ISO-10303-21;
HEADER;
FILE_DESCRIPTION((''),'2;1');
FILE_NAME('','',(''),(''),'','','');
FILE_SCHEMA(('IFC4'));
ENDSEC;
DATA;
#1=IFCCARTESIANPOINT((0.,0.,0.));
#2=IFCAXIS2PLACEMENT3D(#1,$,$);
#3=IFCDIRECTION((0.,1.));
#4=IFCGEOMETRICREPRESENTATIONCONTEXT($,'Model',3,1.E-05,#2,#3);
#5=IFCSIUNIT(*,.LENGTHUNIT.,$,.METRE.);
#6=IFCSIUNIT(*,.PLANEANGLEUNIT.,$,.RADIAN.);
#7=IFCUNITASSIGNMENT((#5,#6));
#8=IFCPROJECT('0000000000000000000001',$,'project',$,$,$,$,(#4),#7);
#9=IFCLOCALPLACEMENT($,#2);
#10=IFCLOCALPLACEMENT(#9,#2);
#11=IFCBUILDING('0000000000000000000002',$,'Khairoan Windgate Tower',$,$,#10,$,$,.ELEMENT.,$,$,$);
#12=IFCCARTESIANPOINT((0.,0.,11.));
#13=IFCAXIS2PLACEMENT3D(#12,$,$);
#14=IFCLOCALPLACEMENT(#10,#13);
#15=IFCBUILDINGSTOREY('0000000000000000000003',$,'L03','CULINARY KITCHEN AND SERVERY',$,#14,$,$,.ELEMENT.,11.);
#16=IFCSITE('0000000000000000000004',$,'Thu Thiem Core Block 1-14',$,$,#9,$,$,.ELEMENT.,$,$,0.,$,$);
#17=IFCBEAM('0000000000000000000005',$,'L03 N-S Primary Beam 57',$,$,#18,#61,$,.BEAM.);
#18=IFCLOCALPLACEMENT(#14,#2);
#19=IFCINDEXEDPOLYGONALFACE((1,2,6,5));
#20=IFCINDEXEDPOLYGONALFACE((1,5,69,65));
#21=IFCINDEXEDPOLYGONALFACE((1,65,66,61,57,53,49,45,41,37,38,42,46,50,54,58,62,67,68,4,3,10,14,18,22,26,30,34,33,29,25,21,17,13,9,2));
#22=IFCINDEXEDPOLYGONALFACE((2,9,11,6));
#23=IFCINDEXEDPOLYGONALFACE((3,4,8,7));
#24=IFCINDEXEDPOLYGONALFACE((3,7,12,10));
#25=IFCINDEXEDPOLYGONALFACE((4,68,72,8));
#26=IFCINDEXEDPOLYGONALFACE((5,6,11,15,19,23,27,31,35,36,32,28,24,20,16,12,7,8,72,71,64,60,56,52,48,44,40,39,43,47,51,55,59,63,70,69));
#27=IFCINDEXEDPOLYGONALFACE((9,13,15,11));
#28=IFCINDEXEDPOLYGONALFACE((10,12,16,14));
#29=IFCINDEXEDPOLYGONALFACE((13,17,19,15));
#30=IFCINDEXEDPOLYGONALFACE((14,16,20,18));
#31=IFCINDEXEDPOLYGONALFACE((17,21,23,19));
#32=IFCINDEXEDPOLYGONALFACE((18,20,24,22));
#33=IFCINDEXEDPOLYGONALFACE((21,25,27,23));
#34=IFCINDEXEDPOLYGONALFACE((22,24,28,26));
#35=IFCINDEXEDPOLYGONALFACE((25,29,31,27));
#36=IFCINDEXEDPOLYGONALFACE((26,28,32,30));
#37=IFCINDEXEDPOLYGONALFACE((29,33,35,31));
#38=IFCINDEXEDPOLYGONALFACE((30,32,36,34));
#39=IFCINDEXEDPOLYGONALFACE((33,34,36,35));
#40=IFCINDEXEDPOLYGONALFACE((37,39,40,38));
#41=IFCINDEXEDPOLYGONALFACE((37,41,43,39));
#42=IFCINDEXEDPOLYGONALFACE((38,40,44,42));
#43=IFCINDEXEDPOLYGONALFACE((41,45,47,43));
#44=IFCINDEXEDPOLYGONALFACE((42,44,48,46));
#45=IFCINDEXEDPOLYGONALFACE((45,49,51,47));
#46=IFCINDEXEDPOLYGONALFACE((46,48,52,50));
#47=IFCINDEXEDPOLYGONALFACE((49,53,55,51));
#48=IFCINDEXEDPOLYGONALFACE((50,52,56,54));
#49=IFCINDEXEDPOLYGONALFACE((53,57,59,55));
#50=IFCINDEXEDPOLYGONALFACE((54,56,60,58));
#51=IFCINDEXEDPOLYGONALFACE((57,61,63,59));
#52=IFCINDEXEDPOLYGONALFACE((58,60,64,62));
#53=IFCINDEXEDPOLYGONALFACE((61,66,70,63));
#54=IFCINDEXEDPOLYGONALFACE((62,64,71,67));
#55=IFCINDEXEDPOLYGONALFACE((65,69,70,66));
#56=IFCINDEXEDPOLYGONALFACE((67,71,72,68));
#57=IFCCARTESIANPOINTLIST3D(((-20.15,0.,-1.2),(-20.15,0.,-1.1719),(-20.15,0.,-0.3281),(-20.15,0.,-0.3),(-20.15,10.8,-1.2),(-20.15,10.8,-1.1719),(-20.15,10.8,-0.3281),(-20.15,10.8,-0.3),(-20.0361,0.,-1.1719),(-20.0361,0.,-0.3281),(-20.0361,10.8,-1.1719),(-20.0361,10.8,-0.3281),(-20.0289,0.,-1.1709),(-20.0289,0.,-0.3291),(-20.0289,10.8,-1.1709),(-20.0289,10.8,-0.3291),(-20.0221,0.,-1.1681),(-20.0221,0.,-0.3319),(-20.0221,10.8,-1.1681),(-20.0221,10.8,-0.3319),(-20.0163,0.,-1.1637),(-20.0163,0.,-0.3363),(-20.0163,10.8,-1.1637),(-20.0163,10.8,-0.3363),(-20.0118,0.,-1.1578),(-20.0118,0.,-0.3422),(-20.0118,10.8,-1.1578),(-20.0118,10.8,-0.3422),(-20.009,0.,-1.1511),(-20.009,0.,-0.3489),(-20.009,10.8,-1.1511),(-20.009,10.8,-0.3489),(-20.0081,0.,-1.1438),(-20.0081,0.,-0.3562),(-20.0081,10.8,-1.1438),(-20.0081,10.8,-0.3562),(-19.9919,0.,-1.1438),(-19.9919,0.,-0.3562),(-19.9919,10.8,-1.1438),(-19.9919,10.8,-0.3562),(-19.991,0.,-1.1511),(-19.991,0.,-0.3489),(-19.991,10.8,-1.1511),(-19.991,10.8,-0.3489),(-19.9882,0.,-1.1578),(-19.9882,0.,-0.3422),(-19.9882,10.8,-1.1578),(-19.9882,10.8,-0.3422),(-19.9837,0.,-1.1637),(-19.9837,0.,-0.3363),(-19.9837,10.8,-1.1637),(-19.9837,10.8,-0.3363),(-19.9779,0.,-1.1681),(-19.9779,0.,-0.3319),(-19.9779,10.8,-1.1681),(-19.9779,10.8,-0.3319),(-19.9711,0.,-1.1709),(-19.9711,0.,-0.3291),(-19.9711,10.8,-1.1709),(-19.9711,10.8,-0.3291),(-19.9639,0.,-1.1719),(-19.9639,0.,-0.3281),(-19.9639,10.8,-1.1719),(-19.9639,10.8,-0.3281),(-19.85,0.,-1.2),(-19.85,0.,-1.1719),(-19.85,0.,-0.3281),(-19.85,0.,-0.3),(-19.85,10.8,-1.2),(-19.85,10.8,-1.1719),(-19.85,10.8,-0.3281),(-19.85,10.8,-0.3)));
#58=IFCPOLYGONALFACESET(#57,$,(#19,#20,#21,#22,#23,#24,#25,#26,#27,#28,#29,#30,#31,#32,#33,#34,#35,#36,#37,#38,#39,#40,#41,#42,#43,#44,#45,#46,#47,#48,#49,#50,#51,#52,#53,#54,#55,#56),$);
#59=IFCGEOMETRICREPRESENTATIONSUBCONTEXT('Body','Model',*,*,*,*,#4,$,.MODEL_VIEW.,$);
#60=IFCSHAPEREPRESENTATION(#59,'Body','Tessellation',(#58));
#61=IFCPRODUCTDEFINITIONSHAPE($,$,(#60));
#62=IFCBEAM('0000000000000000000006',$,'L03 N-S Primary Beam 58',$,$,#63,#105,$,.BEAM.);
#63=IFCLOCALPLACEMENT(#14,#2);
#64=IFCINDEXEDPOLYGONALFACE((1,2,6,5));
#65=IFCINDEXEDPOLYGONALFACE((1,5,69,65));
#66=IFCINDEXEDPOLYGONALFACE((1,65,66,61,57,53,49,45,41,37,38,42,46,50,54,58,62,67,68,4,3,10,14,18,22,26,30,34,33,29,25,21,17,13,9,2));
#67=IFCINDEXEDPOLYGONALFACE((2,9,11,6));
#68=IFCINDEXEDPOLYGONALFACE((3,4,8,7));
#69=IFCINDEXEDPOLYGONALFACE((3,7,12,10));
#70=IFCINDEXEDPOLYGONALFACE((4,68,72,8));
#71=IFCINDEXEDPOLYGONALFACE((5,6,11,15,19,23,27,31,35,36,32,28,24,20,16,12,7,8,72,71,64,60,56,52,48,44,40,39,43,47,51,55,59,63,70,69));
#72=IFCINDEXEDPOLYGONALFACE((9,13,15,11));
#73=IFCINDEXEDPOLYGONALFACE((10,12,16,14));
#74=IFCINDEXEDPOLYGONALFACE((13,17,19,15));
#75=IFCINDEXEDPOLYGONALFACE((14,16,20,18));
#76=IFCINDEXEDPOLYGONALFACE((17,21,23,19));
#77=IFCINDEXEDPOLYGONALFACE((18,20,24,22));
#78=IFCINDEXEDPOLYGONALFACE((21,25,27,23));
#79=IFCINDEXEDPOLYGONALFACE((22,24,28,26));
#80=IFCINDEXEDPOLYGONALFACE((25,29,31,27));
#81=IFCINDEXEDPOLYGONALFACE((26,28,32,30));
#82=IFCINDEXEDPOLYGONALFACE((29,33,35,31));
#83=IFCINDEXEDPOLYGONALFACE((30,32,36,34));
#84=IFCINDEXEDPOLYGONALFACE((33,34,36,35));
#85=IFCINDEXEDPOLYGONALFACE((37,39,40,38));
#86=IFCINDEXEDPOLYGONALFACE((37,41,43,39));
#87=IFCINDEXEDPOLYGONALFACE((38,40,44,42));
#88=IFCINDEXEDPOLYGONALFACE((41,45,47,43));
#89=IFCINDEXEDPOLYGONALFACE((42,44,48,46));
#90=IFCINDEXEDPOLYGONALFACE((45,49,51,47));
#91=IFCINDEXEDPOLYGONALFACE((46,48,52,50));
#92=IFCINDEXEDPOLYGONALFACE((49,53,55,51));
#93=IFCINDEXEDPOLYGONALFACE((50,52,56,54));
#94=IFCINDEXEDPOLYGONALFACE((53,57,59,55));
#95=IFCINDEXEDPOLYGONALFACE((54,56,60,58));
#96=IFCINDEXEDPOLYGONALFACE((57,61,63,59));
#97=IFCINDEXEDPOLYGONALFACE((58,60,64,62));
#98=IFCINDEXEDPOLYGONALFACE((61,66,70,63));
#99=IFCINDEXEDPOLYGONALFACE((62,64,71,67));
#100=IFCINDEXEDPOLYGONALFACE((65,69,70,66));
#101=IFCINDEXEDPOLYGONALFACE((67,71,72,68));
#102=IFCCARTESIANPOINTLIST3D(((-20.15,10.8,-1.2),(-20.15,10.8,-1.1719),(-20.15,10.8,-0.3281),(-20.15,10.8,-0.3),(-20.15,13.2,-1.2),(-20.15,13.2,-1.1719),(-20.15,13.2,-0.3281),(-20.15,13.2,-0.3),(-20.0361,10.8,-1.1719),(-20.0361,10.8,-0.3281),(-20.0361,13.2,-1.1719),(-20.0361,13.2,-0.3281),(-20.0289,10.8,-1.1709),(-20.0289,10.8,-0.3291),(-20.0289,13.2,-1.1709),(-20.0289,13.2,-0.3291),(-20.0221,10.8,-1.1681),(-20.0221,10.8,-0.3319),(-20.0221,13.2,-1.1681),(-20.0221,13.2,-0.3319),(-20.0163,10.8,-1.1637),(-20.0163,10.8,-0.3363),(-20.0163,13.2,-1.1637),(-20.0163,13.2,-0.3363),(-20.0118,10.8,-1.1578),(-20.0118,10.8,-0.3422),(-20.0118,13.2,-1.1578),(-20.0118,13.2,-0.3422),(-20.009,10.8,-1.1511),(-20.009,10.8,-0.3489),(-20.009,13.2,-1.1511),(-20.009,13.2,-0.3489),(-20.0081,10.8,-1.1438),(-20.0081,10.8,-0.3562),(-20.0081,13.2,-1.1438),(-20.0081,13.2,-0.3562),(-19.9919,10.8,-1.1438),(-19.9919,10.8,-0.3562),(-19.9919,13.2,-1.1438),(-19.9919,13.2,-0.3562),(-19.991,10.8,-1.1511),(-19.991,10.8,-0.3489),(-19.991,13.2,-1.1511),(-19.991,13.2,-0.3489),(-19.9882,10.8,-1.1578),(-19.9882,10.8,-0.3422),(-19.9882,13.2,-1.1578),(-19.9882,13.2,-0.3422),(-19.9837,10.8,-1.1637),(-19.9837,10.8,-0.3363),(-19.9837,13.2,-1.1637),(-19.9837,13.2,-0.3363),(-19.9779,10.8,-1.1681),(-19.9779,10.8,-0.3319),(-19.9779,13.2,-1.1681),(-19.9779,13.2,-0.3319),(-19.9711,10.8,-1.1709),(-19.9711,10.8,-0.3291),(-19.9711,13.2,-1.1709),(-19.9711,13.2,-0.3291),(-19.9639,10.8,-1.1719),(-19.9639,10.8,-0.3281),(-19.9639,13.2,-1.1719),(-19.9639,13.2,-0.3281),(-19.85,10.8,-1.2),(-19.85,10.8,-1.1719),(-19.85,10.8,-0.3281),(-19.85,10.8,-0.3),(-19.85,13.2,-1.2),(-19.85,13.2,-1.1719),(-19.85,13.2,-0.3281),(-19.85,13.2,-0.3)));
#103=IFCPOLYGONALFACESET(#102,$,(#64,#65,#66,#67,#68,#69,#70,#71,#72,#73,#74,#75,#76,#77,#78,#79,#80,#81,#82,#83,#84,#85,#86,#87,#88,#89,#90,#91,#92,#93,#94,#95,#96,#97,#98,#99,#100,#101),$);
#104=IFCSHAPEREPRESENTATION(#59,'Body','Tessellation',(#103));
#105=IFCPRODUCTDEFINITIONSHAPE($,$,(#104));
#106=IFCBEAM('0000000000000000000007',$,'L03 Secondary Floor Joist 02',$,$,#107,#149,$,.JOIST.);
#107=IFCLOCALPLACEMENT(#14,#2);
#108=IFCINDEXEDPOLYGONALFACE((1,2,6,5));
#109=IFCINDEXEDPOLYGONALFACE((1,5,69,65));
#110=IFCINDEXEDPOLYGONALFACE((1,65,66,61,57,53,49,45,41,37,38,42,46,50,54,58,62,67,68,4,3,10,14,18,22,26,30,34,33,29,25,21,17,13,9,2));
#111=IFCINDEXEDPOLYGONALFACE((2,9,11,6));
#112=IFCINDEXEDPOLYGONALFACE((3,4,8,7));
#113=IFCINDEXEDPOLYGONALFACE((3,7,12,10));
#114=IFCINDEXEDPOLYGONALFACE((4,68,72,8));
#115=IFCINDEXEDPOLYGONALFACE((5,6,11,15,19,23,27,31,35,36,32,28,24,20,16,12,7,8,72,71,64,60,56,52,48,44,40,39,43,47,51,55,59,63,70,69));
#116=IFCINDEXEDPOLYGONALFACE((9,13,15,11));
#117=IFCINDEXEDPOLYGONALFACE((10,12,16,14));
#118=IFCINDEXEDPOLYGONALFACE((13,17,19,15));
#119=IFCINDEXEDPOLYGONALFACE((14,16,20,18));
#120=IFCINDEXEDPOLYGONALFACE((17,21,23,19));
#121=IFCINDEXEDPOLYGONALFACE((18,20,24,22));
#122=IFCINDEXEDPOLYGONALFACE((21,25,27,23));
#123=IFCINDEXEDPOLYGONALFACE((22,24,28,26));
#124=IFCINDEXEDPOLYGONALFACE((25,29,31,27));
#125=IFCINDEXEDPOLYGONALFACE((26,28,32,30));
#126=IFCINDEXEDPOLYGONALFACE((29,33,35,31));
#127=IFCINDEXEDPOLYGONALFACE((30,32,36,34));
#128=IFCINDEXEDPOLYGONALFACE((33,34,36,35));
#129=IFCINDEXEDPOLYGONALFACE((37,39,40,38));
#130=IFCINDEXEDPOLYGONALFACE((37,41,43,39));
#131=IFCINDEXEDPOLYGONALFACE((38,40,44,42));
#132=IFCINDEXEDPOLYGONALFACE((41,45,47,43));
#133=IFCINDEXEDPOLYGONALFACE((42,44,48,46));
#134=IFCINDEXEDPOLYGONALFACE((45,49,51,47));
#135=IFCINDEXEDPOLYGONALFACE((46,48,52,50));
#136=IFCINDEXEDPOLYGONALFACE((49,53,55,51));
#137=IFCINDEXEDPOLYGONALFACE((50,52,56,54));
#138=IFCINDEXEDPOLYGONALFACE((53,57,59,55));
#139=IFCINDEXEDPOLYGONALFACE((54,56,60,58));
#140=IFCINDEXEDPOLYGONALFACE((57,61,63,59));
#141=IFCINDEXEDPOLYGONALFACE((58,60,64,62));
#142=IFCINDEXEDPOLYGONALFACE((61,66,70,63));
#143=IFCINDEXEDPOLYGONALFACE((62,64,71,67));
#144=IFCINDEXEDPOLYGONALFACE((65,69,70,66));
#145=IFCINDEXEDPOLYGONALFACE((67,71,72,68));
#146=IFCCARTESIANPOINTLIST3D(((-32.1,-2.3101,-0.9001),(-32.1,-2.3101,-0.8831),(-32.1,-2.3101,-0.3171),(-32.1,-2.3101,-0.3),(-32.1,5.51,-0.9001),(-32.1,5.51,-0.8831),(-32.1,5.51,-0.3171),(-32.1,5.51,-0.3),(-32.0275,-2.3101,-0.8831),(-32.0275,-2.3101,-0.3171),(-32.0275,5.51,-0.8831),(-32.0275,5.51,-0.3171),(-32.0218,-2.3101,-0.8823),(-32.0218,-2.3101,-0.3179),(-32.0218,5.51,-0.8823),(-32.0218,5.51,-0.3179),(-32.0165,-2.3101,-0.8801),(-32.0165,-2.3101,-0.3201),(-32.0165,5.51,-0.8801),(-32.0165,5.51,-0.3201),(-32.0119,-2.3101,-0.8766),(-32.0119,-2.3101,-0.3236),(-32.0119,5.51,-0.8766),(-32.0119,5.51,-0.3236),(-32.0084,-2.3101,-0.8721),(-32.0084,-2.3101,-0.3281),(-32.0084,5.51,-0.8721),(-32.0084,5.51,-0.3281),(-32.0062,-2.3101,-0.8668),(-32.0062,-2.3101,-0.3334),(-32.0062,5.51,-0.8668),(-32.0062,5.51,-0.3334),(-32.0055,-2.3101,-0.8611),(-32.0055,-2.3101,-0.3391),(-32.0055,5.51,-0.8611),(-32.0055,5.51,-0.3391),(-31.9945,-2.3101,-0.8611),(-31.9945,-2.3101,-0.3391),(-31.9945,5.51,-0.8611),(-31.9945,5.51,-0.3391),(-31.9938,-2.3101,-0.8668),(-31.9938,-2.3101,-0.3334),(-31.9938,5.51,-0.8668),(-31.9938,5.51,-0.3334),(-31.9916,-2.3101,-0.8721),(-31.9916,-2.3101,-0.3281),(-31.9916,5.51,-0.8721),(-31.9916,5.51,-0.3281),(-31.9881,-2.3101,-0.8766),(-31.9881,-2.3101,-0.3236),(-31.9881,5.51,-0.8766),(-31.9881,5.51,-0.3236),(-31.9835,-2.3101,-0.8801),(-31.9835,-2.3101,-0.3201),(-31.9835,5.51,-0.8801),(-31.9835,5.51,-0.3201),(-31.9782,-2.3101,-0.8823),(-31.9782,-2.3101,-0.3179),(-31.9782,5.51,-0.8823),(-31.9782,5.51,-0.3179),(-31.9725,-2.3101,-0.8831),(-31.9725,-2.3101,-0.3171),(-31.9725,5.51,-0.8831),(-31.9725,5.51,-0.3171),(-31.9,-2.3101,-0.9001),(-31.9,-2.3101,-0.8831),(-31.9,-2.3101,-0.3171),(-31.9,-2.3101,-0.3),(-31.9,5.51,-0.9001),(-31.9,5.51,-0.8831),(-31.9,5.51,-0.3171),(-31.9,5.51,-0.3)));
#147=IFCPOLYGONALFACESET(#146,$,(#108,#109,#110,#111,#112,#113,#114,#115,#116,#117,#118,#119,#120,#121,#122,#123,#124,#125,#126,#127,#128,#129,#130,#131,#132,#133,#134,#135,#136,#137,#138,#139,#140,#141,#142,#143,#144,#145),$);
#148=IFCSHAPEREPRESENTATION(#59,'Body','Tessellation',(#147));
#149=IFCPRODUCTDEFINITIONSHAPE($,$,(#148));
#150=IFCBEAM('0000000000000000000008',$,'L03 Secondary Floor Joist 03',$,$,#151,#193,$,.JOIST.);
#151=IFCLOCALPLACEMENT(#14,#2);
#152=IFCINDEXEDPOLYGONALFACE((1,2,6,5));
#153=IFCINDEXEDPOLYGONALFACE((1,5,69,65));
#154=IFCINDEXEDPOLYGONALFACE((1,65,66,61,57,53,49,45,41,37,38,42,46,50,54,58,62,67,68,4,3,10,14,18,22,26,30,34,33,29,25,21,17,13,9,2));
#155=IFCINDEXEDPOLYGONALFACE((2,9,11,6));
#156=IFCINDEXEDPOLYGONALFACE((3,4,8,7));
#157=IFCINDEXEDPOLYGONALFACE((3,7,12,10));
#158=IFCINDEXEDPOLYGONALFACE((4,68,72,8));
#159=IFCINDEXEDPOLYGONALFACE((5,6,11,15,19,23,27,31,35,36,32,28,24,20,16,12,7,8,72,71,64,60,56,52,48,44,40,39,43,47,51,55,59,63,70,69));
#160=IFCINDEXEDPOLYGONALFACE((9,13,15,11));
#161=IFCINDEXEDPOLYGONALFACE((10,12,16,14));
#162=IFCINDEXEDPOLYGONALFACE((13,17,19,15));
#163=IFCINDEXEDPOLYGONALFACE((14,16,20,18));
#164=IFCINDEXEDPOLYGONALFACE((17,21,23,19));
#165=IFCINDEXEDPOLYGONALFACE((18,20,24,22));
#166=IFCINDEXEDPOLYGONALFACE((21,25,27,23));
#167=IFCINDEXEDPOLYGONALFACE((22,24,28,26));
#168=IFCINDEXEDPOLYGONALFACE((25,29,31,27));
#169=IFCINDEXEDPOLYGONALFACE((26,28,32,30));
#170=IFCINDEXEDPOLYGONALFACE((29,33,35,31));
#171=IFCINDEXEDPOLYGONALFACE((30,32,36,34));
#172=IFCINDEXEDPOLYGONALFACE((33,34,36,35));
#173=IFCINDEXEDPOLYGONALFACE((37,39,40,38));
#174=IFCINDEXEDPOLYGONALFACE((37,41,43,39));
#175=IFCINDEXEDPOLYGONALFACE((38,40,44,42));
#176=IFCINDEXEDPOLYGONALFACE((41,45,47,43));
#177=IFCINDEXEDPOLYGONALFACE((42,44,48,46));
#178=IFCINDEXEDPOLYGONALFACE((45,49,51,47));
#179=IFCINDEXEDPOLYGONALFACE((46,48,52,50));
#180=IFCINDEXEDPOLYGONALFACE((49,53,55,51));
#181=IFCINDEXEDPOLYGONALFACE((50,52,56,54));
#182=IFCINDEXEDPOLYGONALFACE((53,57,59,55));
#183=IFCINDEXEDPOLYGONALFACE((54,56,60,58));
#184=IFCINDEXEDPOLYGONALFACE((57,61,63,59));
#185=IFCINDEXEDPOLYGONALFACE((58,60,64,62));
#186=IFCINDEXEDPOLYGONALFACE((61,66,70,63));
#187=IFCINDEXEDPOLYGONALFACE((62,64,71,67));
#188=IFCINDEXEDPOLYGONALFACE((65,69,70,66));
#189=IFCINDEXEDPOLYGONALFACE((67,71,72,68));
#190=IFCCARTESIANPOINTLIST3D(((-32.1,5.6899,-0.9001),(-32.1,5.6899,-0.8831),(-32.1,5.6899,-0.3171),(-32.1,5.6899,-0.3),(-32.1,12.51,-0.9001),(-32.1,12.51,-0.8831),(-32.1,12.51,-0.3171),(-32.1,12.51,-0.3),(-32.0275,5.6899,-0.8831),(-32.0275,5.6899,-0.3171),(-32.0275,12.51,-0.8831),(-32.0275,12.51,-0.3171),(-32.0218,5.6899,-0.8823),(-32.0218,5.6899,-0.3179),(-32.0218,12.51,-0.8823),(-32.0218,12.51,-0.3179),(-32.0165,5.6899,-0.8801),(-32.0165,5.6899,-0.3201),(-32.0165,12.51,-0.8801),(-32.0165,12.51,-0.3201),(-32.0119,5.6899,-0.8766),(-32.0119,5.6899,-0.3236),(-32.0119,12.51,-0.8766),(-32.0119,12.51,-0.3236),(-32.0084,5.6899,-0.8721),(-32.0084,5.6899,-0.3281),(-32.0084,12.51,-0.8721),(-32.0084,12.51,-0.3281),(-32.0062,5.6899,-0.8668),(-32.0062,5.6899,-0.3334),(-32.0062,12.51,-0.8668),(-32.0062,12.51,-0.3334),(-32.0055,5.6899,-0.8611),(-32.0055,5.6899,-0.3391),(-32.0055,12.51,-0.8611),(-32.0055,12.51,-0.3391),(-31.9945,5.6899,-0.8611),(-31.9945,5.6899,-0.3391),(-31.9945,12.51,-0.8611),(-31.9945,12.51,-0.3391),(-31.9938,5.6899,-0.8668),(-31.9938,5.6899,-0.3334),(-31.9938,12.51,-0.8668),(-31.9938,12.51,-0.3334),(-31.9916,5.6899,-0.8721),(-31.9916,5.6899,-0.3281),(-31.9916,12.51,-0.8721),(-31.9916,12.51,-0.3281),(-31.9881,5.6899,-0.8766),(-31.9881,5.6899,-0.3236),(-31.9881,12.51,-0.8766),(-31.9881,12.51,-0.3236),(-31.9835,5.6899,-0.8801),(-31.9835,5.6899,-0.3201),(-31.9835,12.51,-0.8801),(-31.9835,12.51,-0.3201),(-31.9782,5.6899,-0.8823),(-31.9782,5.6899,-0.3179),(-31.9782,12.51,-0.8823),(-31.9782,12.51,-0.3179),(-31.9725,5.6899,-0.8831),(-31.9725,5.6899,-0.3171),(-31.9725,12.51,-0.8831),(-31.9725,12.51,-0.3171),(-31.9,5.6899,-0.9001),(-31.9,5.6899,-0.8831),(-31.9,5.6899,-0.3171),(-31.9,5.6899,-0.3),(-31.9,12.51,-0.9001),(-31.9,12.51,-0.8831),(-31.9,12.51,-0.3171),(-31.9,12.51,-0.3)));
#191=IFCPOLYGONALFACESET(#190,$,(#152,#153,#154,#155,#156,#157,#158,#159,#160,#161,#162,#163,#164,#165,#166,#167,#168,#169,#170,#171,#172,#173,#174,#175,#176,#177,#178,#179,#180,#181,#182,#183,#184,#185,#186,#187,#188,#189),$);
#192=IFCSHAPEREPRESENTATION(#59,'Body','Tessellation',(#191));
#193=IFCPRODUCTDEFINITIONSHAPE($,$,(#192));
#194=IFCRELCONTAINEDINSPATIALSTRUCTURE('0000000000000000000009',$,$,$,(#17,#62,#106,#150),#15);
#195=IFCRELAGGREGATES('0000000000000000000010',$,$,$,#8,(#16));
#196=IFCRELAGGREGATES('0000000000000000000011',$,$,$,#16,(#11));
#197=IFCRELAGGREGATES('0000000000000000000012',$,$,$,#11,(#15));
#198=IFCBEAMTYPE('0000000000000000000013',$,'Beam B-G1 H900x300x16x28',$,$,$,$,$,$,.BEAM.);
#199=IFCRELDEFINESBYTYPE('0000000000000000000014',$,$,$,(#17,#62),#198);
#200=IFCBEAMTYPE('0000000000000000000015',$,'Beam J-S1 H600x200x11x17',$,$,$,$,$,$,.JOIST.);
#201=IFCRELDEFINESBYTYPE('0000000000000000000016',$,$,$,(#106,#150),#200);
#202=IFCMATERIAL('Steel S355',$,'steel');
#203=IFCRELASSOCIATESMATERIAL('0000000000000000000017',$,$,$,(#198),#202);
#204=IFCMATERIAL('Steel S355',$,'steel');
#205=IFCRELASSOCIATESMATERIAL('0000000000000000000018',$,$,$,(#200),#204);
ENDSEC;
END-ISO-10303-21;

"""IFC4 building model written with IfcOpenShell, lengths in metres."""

from ifc_helpers import new_model, si_unit, direction, frame, origin, origin_2d, place, context, subcontext, project, spatial, i_section, extrude, material, material_profile, profile_set, type_object, element, save


model = new_model("IFC4")

# Units and contexts
model_context = context("Model", 3, precision=1e-05, world=origin(), true_north=direction((0.0, 1.0)))
body_context = subcontext(model_context, "Body", "Model", "MODEL_VIEW")
ifc_project = project(units=[si_unit("LENGTHUNIT", "METRE"), si_unit("PLANEANGLEUNIT", "RADIAN")], contexts=[model_context])

# Site, building, storey
site_placement = place(None, origin())
site = spatial("IfcSite", under=ifc_project, at=site_placement, Name="Thu Thiem Core Block 1-14", CompositionType="ELEMENT", RefElevation=0.0)
building_placement = place(site_placement, origin())
building = spatial("IfcBuilding", under=site, at=building_placement, Name="Khairoan Windgate Tower", CompositionType="ELEMENT")
storey_placement = place(building_placement, frame((0.0, 0.0, 11.0)))
storey = spatial("IfcBuildingStorey", under=building, at=storey_placement, Name="L03", Description="CULINARY KITCHEN AND SERVERY", CompositionType="ELEMENT", Elevation=11.0)

# Beams
ifc_material_1 = material(Name="Steel S355", Category="steel")
ifc_material_profile_1 = material_profile(ifc_material_1, i_section(OverallWidth=0.3, OverallDepth=0.8999, WebThickness=0.0161, FlangeThickness=0.0281, FilletRadius=0.0281, at=origin_2d()))
ifc_profile_set_1 = profile_set([ifc_material_profile_1], Name="Steel S355")
beam_type_1 = type_object("IfcBeamType", Name="Beam B-G1 H900x300x16x28", PredefinedType="BEAM", material=ifc_profile_set_1)
beam_1_placement = place(storey_placement, frame((-20.0, 0.0, -0.75), z_axis=(0.0, 1.0, 0.0), x_axis=(-1.0, 0.0, 0.0)))
element("IfcBeam", 1, at=beam_1_placement, inside=storey, type_object=beam_type_1, Name="L03 N-S Primary Beam 57", PredefinedType="BEAM", context=body_context, shape_type="SweptSolid", body=[
    extrude(i_section(OverallWidth=0.3, OverallDepth=0.8999, WebThickness=0.0161, FlangeThickness=0.0281, FilletRadius=0.0281, at=origin_2d()), origin(), (0.0, 0.0, 1.0), 10.8),
])
beam_2_placement = place(storey_placement, frame((-20.0, 10.8, -0.75), z_axis=(0.0, 1.0, 0.0), x_axis=(-1.0, 0.0, 0.0)))
element("IfcBeam", 2, at=beam_2_placement, inside=storey, type_object=beam_type_1, Name="L03 N-S Primary Beam 58", PredefinedType="BEAM", context=body_context, shape_type="SweptSolid", body=[
    extrude(i_section(OverallWidth=0.3, OverallDepth=0.8999, WebThickness=0.0161, FlangeThickness=0.0281, FilletRadius=0.0281, at=origin_2d()), origin(), (0.0, 0.0, 1.0), 2.3999),
])
ifc_material_2 = material(Name="Steel S355", Category="steel")
ifc_material_profile_2 = material_profile(ifc_material_2, i_section(OverallWidth=0.2, OverallDepth=0.6001, WebThickness=0.011, FlangeThickness=0.0171, FilletRadius=0.022, at=origin_2d()))
ifc_profile_set_2 = profile_set([ifc_material_profile_2], Name="Steel S355")
beam_type_2 = type_object("IfcBeamType", Name="Beam J-S1 H600x200x11x17", PredefinedType="JOIST", material=ifc_profile_set_2)
beam_3_placement = place(storey_placement, frame((-32.0, -2.3101, -0.6001), z_axis=(0.0, 1.0, 0.0), x_axis=(-1.0, 0.0, 0.0)))
element("IfcBeam", 3, at=beam_3_placement, inside=storey, type_object=beam_type_2, Name="L03 Secondary Floor Joist 02", PredefinedType="JOIST", context=body_context, shape_type="SweptSolid", body=[
    extrude(i_section(OverallWidth=0.2, OverallDepth=0.6001, WebThickness=0.011, FlangeThickness=0.0171, FilletRadius=0.022, at=origin_2d()), origin(), (0.0, 0.0, 1.0), 7.8201),
])
beam_4_placement = place(storey_placement, frame((-32.0, 5.6899, -0.6001), z_axis=(0.0, 1.0, 0.0), x_axis=(-1.0, 0.0, 0.0)))
element("IfcBeam", 4, at=beam_4_placement, inside=storey, type_object=beam_type_2, Name="L03 Secondary Floor Joist 03", PredefinedType="JOIST", context=body_context, shape_type="SweptSolid", body=[
    extrude(i_section(OverallWidth=0.2, OverallDepth=0.6001, WebThickness=0.011, FlangeThickness=0.0171, FilletRadius=0.022, at=origin_2d()), origin(), (0.0, 0.0, 1.0), 6.8201),
])

save(model, "model.ifc")
